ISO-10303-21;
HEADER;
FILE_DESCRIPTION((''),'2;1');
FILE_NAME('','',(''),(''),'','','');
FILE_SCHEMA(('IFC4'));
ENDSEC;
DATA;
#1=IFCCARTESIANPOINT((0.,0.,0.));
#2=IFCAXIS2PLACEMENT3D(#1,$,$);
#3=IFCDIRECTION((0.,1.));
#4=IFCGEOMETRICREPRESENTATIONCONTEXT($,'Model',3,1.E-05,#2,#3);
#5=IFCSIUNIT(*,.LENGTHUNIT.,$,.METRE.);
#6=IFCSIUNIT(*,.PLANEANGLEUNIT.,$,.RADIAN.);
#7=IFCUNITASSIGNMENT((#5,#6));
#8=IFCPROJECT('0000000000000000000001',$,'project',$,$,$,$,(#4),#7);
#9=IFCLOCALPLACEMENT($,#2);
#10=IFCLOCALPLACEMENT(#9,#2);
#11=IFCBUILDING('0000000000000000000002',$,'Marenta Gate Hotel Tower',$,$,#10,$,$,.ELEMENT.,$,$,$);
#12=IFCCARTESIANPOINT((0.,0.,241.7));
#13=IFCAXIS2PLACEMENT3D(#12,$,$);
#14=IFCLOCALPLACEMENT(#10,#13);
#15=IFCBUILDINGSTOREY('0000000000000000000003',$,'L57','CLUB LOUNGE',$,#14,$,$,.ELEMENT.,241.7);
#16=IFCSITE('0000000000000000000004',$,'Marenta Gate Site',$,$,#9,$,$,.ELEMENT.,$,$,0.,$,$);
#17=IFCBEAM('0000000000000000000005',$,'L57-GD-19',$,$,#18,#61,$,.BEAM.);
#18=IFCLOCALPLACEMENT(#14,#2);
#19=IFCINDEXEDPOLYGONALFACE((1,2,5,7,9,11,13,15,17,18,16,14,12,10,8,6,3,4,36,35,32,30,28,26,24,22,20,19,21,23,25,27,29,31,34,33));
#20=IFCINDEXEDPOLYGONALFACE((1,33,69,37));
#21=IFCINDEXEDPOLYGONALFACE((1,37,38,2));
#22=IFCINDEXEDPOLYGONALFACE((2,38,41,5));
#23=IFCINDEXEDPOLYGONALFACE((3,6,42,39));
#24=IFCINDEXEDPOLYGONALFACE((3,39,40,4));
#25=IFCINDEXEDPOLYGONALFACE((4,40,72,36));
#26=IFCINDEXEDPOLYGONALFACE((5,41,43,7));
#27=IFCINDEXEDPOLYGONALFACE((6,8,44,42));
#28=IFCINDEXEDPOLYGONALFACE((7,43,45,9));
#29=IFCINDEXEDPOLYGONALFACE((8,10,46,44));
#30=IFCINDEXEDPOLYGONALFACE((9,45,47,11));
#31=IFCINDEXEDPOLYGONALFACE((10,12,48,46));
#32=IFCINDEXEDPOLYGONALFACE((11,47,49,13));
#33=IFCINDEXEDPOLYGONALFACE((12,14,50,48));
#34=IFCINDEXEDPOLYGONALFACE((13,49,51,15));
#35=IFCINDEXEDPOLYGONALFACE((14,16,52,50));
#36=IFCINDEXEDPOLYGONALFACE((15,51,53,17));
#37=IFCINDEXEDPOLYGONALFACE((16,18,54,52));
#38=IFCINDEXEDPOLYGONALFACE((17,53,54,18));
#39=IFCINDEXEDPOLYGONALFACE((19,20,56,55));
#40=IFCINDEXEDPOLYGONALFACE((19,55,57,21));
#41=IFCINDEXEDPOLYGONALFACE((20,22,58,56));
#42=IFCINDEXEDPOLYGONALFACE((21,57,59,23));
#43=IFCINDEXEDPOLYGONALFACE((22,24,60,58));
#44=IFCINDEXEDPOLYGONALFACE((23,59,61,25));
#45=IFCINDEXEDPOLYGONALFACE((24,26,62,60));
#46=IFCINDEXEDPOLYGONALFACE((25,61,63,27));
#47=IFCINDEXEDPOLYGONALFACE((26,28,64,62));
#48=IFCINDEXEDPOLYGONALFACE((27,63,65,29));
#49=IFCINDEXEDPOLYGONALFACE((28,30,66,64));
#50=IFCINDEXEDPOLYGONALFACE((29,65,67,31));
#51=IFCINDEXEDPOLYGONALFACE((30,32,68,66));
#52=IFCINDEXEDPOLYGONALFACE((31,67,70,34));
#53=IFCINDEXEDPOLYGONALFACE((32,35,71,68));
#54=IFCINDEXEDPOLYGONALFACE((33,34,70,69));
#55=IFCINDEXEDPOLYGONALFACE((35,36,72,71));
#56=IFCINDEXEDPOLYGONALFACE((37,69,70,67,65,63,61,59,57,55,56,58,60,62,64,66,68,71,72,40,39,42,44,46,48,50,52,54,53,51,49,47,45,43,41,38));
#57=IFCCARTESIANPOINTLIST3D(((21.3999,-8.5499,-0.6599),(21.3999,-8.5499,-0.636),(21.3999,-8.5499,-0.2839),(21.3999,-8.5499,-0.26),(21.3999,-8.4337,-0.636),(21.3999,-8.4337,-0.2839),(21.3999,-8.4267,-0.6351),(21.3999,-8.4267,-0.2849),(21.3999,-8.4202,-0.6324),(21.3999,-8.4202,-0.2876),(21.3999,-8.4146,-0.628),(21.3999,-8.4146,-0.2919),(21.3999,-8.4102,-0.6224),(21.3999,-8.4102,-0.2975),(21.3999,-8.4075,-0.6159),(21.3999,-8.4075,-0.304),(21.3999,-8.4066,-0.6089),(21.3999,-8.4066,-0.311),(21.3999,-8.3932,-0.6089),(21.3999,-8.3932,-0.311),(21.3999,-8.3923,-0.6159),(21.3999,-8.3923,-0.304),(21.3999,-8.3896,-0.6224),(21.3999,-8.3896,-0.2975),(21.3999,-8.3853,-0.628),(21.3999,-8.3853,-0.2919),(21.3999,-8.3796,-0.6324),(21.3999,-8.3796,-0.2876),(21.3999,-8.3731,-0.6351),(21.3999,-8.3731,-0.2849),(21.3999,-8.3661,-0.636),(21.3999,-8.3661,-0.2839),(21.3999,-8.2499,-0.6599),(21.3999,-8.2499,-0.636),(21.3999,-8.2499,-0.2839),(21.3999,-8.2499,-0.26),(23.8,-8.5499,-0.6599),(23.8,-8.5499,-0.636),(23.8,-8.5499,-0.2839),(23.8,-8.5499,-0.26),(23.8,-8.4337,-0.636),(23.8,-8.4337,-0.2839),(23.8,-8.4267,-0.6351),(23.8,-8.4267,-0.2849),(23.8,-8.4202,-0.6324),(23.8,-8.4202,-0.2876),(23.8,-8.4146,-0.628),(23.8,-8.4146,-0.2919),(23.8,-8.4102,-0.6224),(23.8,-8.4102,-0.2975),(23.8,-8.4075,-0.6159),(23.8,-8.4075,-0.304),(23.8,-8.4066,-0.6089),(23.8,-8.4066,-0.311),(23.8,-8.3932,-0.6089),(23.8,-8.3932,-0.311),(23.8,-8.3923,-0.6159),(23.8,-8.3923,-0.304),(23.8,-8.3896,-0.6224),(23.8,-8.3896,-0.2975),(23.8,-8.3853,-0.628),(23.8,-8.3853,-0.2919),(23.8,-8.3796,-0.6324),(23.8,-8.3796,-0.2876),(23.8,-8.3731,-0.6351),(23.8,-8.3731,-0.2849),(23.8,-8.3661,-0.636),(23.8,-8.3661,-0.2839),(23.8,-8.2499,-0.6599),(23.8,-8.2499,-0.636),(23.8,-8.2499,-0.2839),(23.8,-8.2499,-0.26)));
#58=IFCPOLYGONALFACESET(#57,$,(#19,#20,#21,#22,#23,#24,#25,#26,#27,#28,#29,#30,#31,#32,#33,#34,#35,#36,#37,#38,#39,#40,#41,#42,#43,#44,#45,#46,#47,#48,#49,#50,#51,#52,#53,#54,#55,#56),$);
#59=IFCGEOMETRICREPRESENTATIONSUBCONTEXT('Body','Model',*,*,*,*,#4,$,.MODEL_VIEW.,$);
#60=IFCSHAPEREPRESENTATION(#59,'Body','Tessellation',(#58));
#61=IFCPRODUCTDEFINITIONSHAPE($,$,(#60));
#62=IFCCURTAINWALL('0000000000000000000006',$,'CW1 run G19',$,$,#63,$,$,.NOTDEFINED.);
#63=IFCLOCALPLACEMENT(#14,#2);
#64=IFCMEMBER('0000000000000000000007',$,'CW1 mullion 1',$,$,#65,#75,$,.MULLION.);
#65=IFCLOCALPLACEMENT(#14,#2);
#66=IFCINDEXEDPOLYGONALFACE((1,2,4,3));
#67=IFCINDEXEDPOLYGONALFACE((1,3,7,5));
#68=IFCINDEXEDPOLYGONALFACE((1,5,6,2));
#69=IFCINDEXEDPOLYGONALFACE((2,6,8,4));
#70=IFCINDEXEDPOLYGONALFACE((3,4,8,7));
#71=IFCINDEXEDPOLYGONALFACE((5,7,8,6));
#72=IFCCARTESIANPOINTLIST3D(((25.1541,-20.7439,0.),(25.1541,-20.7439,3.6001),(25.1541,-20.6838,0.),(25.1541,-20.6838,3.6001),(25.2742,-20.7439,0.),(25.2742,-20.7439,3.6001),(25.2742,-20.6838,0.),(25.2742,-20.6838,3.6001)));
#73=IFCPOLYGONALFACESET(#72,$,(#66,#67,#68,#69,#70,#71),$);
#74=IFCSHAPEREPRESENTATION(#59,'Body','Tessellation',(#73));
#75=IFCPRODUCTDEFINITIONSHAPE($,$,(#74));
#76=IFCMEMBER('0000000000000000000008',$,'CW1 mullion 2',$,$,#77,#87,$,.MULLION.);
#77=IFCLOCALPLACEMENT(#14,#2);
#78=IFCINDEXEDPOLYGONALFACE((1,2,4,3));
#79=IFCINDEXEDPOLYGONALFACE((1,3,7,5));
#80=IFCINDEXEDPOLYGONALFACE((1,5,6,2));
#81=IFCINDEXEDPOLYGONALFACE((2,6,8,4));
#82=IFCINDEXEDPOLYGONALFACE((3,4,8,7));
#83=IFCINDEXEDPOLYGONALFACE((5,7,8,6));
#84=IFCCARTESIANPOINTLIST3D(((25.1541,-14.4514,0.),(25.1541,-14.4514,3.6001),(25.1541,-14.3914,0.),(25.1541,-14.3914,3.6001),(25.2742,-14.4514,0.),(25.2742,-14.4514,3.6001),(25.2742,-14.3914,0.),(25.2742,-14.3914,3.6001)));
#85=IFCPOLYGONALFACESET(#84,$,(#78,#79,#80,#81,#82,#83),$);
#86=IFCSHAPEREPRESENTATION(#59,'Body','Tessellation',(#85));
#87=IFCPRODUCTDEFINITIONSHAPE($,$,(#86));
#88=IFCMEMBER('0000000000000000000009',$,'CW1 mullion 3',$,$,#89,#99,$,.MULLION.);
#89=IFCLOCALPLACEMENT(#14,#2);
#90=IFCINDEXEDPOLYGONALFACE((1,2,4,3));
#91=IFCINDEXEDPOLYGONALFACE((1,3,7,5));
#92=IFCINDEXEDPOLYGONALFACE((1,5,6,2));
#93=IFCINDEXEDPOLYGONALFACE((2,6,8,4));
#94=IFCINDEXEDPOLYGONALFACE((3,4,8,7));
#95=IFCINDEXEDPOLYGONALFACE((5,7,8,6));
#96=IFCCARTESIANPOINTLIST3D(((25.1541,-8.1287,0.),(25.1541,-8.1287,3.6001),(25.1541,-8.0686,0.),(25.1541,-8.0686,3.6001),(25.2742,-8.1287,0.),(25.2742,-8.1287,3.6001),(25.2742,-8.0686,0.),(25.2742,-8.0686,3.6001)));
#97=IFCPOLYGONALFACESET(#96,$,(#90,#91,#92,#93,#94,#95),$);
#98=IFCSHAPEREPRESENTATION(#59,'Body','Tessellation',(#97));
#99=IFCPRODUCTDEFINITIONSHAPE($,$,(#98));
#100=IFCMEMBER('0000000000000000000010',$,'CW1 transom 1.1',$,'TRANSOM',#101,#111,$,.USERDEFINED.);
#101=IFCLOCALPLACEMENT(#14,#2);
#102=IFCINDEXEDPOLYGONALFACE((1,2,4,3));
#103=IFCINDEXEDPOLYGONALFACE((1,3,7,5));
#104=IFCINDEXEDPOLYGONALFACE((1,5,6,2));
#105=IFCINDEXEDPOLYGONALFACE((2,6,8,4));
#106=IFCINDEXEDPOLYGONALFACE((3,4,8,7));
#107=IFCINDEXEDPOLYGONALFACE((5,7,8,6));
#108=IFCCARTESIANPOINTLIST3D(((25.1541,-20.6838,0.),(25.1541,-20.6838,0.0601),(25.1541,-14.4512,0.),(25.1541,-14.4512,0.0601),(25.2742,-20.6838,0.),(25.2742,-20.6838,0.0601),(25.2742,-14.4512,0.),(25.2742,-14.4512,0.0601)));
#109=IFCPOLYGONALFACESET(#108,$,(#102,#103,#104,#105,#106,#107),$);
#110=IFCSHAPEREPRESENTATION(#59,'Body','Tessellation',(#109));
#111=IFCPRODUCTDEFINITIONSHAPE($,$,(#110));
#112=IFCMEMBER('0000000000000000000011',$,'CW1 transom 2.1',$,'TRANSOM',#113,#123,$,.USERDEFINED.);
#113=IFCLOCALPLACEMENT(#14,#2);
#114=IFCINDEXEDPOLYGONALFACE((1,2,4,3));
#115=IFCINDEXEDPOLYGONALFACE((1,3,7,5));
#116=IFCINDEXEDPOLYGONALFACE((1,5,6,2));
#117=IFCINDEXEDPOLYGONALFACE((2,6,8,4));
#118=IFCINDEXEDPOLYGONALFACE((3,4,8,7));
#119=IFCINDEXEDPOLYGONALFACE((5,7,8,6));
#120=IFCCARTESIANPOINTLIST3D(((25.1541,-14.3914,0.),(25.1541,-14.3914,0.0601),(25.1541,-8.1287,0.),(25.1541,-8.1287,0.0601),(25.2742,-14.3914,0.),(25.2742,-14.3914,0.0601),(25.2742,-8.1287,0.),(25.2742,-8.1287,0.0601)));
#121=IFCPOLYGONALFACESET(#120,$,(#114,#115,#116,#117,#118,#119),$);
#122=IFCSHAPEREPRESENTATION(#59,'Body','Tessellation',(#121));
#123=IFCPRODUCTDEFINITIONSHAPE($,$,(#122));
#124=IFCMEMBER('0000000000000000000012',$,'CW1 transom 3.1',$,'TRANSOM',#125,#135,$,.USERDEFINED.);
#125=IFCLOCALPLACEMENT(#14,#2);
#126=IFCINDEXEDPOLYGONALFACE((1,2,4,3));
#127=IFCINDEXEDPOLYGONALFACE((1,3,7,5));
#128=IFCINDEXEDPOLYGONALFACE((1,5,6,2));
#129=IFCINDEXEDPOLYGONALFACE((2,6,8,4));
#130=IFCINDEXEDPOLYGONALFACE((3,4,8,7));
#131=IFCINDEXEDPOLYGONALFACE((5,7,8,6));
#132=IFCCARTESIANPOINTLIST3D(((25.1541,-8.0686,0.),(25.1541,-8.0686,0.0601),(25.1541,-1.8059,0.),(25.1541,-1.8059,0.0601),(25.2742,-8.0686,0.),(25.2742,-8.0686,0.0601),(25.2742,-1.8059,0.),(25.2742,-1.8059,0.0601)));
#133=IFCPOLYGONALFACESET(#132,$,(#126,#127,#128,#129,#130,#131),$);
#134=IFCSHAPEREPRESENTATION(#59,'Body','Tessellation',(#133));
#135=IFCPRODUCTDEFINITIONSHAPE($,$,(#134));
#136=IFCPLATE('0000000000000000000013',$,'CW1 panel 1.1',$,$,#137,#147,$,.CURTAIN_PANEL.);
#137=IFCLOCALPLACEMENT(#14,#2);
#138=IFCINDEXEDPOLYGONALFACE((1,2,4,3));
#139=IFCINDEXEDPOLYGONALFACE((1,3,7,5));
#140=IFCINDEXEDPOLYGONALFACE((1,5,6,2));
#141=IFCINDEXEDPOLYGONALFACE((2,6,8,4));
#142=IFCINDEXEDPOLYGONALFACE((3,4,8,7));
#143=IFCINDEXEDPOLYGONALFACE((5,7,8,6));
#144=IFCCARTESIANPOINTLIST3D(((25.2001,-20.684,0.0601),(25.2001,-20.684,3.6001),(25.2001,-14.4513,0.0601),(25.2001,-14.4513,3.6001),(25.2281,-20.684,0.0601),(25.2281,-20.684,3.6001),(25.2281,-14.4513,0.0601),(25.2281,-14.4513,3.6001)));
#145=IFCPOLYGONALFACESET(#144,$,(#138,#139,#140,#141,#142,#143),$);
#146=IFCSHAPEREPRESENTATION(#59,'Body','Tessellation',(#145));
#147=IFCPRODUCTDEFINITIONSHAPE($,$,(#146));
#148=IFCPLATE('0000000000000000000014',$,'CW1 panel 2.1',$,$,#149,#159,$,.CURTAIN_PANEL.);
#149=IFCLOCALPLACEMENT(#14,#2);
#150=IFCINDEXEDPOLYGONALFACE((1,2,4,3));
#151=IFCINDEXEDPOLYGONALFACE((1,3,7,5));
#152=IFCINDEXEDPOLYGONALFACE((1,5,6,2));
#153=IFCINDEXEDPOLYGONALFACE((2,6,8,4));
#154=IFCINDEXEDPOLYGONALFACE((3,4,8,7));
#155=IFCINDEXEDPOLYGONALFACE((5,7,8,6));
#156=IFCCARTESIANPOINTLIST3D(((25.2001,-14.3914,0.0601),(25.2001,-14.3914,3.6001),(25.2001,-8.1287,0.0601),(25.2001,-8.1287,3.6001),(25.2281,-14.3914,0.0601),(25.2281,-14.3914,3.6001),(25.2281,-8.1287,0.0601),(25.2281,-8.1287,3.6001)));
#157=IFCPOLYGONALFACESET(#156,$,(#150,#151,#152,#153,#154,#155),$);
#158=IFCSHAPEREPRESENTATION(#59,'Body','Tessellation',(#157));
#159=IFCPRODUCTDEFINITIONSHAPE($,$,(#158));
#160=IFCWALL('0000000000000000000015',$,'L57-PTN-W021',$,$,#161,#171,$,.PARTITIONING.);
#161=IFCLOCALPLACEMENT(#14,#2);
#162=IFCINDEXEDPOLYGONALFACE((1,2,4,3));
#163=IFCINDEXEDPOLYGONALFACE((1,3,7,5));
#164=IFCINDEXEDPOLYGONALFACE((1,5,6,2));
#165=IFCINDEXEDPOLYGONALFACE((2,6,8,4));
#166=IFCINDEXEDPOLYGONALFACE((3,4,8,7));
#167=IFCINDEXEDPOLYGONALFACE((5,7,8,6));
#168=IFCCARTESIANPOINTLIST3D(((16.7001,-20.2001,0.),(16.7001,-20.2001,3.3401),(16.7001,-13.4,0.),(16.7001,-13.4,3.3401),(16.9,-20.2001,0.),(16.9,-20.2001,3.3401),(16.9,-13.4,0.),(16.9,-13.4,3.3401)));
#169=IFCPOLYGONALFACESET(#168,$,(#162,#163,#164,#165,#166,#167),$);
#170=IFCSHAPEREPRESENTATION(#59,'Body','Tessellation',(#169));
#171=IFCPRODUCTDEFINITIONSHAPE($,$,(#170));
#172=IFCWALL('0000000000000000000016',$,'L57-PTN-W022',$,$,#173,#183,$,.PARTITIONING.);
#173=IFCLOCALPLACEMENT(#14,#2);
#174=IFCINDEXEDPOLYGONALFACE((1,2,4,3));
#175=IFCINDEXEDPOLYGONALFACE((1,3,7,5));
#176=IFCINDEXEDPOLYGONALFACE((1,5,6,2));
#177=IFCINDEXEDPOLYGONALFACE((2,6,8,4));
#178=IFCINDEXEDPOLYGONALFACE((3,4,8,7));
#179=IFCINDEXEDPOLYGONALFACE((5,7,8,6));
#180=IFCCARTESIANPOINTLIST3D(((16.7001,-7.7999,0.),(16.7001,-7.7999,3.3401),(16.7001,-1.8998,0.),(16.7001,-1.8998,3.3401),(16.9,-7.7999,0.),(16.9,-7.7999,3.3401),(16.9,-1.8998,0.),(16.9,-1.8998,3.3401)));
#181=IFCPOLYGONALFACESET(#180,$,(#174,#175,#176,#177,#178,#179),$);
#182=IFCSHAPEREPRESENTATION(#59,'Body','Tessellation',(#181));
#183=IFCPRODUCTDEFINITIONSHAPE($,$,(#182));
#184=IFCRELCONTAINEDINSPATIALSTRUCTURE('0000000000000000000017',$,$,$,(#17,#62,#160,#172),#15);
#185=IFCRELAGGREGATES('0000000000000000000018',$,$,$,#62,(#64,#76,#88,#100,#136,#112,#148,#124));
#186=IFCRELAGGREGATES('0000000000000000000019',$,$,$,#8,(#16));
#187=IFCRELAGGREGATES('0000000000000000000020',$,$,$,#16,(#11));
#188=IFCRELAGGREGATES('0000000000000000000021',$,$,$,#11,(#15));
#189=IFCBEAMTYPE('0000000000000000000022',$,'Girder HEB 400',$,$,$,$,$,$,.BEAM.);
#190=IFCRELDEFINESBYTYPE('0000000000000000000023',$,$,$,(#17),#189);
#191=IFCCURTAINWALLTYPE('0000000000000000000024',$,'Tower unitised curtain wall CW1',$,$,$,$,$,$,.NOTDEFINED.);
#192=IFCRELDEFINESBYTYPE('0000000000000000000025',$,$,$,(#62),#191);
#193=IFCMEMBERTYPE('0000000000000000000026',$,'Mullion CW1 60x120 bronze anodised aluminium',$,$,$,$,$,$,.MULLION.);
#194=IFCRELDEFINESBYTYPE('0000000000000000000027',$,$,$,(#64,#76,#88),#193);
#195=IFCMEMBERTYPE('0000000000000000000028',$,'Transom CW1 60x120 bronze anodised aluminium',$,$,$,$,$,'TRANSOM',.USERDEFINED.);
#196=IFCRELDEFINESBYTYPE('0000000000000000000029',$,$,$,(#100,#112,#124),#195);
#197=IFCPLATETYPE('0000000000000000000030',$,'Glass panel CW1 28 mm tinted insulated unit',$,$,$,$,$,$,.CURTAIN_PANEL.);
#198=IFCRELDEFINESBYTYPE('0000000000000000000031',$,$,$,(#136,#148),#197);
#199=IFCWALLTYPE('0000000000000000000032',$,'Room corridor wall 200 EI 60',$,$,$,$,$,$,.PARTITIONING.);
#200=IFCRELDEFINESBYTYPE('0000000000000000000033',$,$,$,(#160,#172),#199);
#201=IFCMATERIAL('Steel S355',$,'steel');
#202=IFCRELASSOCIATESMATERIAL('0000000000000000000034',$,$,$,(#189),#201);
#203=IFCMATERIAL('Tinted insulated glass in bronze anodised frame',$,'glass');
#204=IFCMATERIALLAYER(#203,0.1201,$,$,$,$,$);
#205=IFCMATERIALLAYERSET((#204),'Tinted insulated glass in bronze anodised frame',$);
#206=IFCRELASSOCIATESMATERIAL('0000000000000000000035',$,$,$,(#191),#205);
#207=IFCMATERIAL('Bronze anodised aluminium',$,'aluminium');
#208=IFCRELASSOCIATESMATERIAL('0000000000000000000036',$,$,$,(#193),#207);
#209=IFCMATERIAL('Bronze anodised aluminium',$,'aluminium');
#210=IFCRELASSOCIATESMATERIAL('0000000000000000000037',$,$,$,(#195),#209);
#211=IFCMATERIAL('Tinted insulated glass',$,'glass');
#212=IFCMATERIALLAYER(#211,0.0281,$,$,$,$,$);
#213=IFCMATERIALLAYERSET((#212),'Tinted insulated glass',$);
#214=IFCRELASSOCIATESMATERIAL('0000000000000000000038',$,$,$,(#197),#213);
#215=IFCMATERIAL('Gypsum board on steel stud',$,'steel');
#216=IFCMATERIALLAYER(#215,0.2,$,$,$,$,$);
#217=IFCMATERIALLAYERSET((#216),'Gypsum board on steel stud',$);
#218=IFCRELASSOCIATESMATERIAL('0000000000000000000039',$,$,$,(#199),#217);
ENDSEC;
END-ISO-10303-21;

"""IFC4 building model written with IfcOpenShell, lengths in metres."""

from ifc_helpers import new_model, si_unit, direction, frame, frame_2d, origin, origin_2d, place, context, subcontext, project, spatial, rectangle, i_section, extrude, material, layer, layer_set, material_profile, profile_set, type_object, element, aggregate, save


model = new_model("IFC4")

# Units and contexts
model_context = context("Model", 3, precision=1e-05, world=origin(), true_north=direction((0.0, 1.0)))
body_context = subcontext(model_context, "Body", "Model", "MODEL_VIEW")
ifc_project = project(units=[si_unit("LENGTHUNIT", "METRE"), si_unit("PLANEANGLEUNIT", "RADIAN")], contexts=[model_context])

# Site, building, storey
site_placement = place(None, origin())
site = spatial("IfcSite", under=ifc_project, at=site_placement, Name="Marenta Gate Site", CompositionType="ELEMENT", RefElevation=0.0)
building_placement = place(site_placement, origin())
building = spatial("IfcBuilding", under=site, at=building_placement, Name="Marenta Gate Hotel Tower", CompositionType="ELEMENT")
storey_placement = place(building_placement, frame((0.0, 0.0, 241.7)))
storey = spatial("IfcBuildingStorey", under=building, at=storey_placement, Name="L57", Description="CLUB LOUNGE", CompositionType="ELEMENT", Elevation=241.7)

# Beam
ifc_material_1 = material(Name="Steel S355", Category="steel")
ifc_material_profile_1 = material_profile(ifc_material_1, i_section(OverallWidth=0.3, OverallDepth=0.3999, WebThickness=0.0134, FlangeThickness=0.0239, FilletRadius=0.0271, at=origin_2d()), Name="HEB 400")
ifc_profile_set_1 = profile_set([ifc_material_profile_1], Name="Steel S355")
beam_type_1 = type_object("IfcBeamType", Name="Girder HEB 400", PredefinedType="BEAM", material=ifc_profile_set_1)
beam_1_placement = place(storey_placement, frame((21.3999, -8.3999, -0.46), z_axis=(1.0, 0.0, 0.0), x_axis=(0.0, 1.0, 0.0)))
element("IfcBeam", 1, at=beam_1_placement, inside=storey, type_object=beam_type_1, Name="L57-GD-19", PredefinedType="BEAM", context=body_context, shape_type="SweptSolid", body=[
    extrude(i_section(OverallWidth=0.3, OverallDepth=0.3999, WebThickness=0.0134, FlangeThickness=0.0239, FilletRadius=0.0271, at=origin_2d()), origin(), (0.0, 0.0, 1.0), 2.4001),
])

# Curtain wall, members, plates
ifc_material_2 = material(Name="Tinted insulated glass in bronze anodised frame", Category="glass")
ifc_layer_1 = layer(ifc_material_2, 0.1201)
ifc_layer_set_1 = layer_set([ifc_layer_1], Name="Tinted insulated glass in bronze anodised frame")
curtain_wall_type = type_object("IfcCurtainWallType", Name="Tower unitised curtain wall CW1", PredefinedType="NOTDEFINED", material=ifc_layer_set_1)
curtain_wall_placement = place(storey_placement, origin())
curtain_wall = element("IfcCurtainWall", 2, at=curtain_wall_placement, inside=storey, type_object=curtain_wall_type, Name="CW1 run G19", PredefinedType="NOTDEFINED")
ifc_material_3 = material(Name="Bronze anodised aluminium", Category="aluminium")
ifc_material_profile_2 = material_profile(ifc_material_3, rectangle(XDim=0.1201, YDim=0.0601, at=origin_2d()), Name="Mullion CW1 60x120 bronze anodised aluminium")
ifc_profile_set_2 = profile_set([ifc_material_profile_2], Name="Bronze anodised aluminium")
member_type_1 = type_object("IfcMemberType", Name="Mullion CW1 60x120 bronze anodised aluminium", PredefinedType="MULLION", material=ifc_profile_set_2)
member_1_placement = place(storey_placement, frame((25.2141, -20.7139, 0.0), z_axis=(0.0, 0.0, 1.0), x_axis=(-1.0, 0.0, 0.0)))
member_1 = element("IfcMember", 3, at=member_1_placement, type_object=member_type_1, Name="CW1 mullion 1", PredefinedType="MULLION", context=body_context, shape_type="SweptSolid", body=[
    extrude(rectangle(XDim=0.1201, YDim=0.0601, at=origin_2d()), origin(), (0.0, 0.0, 1.0), 3.6001),
])
member_2_placement = place(storey_placement, frame((25.2141, -14.4214, 0.0), z_axis=(0.0, 0.0, 1.0), x_axis=(-1.0, 0.0, 0.0)))
member_2 = element("IfcMember", 4, at=member_2_placement, type_object=member_type_1, Name="CW1 mullion 2", PredefinedType="MULLION", context=body_context, shape_type="SweptSolid", body=[
    extrude(rectangle(XDim=0.1201, YDim=0.0601, at=origin_2d()), origin(), (0.0, 0.0, 1.0), 3.6001),
])
member_3_placement = place(storey_placement, frame((25.2141, -8.0986, 0.0), z_axis=(0.0, 0.0, 1.0), x_axis=(-1.0, 0.0, 0.0)))
member_3 = element("IfcMember", 5, at=member_3_placement, type_object=member_type_1, Name="CW1 mullion 3", PredefinedType="MULLION", context=body_context, shape_type="SweptSolid", body=[
    extrude(rectangle(XDim=0.1201, YDim=0.0601, at=origin_2d()), origin(), (0.0, 0.0, 1.0), 3.6001),
])
ifc_material_4 = material(Name="Bronze anodised aluminium", Category="aluminium")
ifc_material_profile_3 = material_profile(ifc_material_4, rectangle(XDim=0.1201, YDim=0.0601, at=origin_2d()), Name="Transom CW1 60x120 bronze anodised aluminium")
ifc_profile_set_3 = profile_set([ifc_material_profile_3], Name="Bronze anodised aluminium")
member_type_2 = type_object("IfcMemberType", Name="Transom CW1 60x120 bronze anodised aluminium", ElementType="TRANSOM", PredefinedType="USERDEFINED", material=ifc_profile_set_3)
member_4_placement = place(storey_placement, frame((25.2141, -20.6838, 0.03), z_axis=(0.0, 1.0, 0.0), x_axis=(-1.0, 0.0, 0.0)))
member_4 = element("IfcMember", 6, at=member_4_placement, type_object=member_type_2, Name="CW1 transom 1.1", ObjectType="TRANSOM", PredefinedType="USERDEFINED", context=body_context, shape_type="SweptSolid", body=[
    extrude(rectangle(XDim=0.1201, YDim=0.0601, at=origin_2d()), origin(), (0.0, 0.0, 1.0), 6.2327),
])
member_5_placement = place(storey_placement, frame((25.2141, -14.3914, 0.03), z_axis=(0.0, 1.0, 0.0), x_axis=(-1.0, 0.0, 0.0)))
member_5 = element("IfcMember", 7, at=member_5_placement, type_object=member_type_2, Name="CW1 transom 2.1", ObjectType="TRANSOM", PredefinedType="USERDEFINED", context=body_context, shape_type="SweptSolid", body=[
    extrude(rectangle(XDim=0.1201, YDim=0.0601, at=origin_2d()), origin(), (0.0, 0.0, 1.0), 6.2627),
])
member_6_placement = place(storey_placement, frame((25.2141, -8.0686, 0.03), z_axis=(0.0, 1.0, 0.0), x_axis=(-1.0, 0.0, 0.0)))
member_6 = element("IfcMember", 8, at=member_6_placement, type_object=member_type_2, Name="CW1 transom 3.1", ObjectType="TRANSOM", PredefinedType="USERDEFINED", context=body_context, shape_type="SweptSolid", body=[
    extrude(rectangle(XDim=0.1201, YDim=0.0601, at=origin_2d()), origin(), (0.0, 0.0, 1.0), 6.2627),
])
ifc_material_5 = material(Name="Tinted insulated glass", Category="glass")
ifc_layer_2 = layer(ifc_material_5, 0.0281)
ifc_layer_set_2 = layer_set([ifc_layer_2], Name="Tinted insulated glass")
plate_type = type_object("IfcPlateType", Name="Glass panel CW1 28 mm tinted insulated unit", PredefinedType="CURTAIN_PANEL", material=ifc_layer_set_2)
plate_1_placement = place(storey_placement, frame((25.2141, -17.5676, 0.0601), z_axis=(0.0, 0.0, 1.0), x_axis=(0.0, 1.0, 0.0)))
plate_1 = element("IfcPlate", 9, at=plate_1_placement, type_object=plate_type, Name="CW1 panel 1.1", PredefinedType="CURTAIN_PANEL", context=body_context, shape_type="SweptSolid", body=[
    extrude(rectangle(XDim=6.2327, YDim=0.0281, at=origin_2d()), origin(), (0.0, 0.0, 1.0), 3.54),
])
plate_2_placement = place(storey_placement, frame((25.2141, -11.26, 0.0601), z_axis=(0.0, 0.0, 1.0), x_axis=(0.0, 1.0, 0.0)))
plate_2 = element("IfcPlate", 10, at=plate_2_placement, type_object=plate_type, Name="CW1 panel 2.1", PredefinedType="CURTAIN_PANEL", context=body_context, shape_type="SweptSolid", body=[
    extrude(rectangle(XDim=6.2627, YDim=0.0281, at=origin_2d()), origin(), (0.0, 0.0, 1.0), 3.54),
])
aggregate(curtain_wall, [member_1, member_2, member_3, member_4, plate_1, member_5, plate_2, member_6])

# Walls
ifc_material_6 = material(Name="Gypsum board on steel stud", Category="steel")
ifc_layer_3 = layer(ifc_material_6, 0.2)
ifc_layer_set_3 = layer_set([ifc_layer_3], Name="Gypsum board on steel stud")
wall_type_1 = type_object("IfcWallType", Name="Room corridor wall 200 EI 60", PredefinedType="PARTITIONING", material=ifc_layer_set_3)
wall_1_placement = place(storey_placement, frame((16.8, -20.2, 0.0), z_axis=(0.0, 0.0, 1.0), x_axis=(0.0, 1.0, 0.0)))
element("IfcWall", 11, at=wall_1_placement, inside=storey, type_object=wall_type_1, Name="L57-PTN-W021", PredefinedType="PARTITIONING", context=body_context, shape_type="SweptSolid", body=[
    extrude(rectangle(XDim=6.8, YDim=0.2, at=frame_2d((3.3999, 0.0))), origin(), (0.0, 0.0, 1.0), 3.3401),
])
wall_2_placement = place(storey_placement, frame((16.8, -7.8, 0.0), z_axis=(0.0, 0.0, 1.0), x_axis=(0.0, 1.0, 0.0)))
element("IfcWall", 12, at=wall_2_placement, inside=storey, type_object=wall_type_1, Name="L57-PTN-W022", PredefinedType="PARTITIONING", context=body_context, shape_type="SweptSolid", body=[
    extrude(rectangle(XDim=5.9001, YDim=0.2, at=frame_2d((2.9502, 0.0))), origin(), (0.0, 0.0, 1.0), 3.3401),
])

save(model, "model.ifc")
